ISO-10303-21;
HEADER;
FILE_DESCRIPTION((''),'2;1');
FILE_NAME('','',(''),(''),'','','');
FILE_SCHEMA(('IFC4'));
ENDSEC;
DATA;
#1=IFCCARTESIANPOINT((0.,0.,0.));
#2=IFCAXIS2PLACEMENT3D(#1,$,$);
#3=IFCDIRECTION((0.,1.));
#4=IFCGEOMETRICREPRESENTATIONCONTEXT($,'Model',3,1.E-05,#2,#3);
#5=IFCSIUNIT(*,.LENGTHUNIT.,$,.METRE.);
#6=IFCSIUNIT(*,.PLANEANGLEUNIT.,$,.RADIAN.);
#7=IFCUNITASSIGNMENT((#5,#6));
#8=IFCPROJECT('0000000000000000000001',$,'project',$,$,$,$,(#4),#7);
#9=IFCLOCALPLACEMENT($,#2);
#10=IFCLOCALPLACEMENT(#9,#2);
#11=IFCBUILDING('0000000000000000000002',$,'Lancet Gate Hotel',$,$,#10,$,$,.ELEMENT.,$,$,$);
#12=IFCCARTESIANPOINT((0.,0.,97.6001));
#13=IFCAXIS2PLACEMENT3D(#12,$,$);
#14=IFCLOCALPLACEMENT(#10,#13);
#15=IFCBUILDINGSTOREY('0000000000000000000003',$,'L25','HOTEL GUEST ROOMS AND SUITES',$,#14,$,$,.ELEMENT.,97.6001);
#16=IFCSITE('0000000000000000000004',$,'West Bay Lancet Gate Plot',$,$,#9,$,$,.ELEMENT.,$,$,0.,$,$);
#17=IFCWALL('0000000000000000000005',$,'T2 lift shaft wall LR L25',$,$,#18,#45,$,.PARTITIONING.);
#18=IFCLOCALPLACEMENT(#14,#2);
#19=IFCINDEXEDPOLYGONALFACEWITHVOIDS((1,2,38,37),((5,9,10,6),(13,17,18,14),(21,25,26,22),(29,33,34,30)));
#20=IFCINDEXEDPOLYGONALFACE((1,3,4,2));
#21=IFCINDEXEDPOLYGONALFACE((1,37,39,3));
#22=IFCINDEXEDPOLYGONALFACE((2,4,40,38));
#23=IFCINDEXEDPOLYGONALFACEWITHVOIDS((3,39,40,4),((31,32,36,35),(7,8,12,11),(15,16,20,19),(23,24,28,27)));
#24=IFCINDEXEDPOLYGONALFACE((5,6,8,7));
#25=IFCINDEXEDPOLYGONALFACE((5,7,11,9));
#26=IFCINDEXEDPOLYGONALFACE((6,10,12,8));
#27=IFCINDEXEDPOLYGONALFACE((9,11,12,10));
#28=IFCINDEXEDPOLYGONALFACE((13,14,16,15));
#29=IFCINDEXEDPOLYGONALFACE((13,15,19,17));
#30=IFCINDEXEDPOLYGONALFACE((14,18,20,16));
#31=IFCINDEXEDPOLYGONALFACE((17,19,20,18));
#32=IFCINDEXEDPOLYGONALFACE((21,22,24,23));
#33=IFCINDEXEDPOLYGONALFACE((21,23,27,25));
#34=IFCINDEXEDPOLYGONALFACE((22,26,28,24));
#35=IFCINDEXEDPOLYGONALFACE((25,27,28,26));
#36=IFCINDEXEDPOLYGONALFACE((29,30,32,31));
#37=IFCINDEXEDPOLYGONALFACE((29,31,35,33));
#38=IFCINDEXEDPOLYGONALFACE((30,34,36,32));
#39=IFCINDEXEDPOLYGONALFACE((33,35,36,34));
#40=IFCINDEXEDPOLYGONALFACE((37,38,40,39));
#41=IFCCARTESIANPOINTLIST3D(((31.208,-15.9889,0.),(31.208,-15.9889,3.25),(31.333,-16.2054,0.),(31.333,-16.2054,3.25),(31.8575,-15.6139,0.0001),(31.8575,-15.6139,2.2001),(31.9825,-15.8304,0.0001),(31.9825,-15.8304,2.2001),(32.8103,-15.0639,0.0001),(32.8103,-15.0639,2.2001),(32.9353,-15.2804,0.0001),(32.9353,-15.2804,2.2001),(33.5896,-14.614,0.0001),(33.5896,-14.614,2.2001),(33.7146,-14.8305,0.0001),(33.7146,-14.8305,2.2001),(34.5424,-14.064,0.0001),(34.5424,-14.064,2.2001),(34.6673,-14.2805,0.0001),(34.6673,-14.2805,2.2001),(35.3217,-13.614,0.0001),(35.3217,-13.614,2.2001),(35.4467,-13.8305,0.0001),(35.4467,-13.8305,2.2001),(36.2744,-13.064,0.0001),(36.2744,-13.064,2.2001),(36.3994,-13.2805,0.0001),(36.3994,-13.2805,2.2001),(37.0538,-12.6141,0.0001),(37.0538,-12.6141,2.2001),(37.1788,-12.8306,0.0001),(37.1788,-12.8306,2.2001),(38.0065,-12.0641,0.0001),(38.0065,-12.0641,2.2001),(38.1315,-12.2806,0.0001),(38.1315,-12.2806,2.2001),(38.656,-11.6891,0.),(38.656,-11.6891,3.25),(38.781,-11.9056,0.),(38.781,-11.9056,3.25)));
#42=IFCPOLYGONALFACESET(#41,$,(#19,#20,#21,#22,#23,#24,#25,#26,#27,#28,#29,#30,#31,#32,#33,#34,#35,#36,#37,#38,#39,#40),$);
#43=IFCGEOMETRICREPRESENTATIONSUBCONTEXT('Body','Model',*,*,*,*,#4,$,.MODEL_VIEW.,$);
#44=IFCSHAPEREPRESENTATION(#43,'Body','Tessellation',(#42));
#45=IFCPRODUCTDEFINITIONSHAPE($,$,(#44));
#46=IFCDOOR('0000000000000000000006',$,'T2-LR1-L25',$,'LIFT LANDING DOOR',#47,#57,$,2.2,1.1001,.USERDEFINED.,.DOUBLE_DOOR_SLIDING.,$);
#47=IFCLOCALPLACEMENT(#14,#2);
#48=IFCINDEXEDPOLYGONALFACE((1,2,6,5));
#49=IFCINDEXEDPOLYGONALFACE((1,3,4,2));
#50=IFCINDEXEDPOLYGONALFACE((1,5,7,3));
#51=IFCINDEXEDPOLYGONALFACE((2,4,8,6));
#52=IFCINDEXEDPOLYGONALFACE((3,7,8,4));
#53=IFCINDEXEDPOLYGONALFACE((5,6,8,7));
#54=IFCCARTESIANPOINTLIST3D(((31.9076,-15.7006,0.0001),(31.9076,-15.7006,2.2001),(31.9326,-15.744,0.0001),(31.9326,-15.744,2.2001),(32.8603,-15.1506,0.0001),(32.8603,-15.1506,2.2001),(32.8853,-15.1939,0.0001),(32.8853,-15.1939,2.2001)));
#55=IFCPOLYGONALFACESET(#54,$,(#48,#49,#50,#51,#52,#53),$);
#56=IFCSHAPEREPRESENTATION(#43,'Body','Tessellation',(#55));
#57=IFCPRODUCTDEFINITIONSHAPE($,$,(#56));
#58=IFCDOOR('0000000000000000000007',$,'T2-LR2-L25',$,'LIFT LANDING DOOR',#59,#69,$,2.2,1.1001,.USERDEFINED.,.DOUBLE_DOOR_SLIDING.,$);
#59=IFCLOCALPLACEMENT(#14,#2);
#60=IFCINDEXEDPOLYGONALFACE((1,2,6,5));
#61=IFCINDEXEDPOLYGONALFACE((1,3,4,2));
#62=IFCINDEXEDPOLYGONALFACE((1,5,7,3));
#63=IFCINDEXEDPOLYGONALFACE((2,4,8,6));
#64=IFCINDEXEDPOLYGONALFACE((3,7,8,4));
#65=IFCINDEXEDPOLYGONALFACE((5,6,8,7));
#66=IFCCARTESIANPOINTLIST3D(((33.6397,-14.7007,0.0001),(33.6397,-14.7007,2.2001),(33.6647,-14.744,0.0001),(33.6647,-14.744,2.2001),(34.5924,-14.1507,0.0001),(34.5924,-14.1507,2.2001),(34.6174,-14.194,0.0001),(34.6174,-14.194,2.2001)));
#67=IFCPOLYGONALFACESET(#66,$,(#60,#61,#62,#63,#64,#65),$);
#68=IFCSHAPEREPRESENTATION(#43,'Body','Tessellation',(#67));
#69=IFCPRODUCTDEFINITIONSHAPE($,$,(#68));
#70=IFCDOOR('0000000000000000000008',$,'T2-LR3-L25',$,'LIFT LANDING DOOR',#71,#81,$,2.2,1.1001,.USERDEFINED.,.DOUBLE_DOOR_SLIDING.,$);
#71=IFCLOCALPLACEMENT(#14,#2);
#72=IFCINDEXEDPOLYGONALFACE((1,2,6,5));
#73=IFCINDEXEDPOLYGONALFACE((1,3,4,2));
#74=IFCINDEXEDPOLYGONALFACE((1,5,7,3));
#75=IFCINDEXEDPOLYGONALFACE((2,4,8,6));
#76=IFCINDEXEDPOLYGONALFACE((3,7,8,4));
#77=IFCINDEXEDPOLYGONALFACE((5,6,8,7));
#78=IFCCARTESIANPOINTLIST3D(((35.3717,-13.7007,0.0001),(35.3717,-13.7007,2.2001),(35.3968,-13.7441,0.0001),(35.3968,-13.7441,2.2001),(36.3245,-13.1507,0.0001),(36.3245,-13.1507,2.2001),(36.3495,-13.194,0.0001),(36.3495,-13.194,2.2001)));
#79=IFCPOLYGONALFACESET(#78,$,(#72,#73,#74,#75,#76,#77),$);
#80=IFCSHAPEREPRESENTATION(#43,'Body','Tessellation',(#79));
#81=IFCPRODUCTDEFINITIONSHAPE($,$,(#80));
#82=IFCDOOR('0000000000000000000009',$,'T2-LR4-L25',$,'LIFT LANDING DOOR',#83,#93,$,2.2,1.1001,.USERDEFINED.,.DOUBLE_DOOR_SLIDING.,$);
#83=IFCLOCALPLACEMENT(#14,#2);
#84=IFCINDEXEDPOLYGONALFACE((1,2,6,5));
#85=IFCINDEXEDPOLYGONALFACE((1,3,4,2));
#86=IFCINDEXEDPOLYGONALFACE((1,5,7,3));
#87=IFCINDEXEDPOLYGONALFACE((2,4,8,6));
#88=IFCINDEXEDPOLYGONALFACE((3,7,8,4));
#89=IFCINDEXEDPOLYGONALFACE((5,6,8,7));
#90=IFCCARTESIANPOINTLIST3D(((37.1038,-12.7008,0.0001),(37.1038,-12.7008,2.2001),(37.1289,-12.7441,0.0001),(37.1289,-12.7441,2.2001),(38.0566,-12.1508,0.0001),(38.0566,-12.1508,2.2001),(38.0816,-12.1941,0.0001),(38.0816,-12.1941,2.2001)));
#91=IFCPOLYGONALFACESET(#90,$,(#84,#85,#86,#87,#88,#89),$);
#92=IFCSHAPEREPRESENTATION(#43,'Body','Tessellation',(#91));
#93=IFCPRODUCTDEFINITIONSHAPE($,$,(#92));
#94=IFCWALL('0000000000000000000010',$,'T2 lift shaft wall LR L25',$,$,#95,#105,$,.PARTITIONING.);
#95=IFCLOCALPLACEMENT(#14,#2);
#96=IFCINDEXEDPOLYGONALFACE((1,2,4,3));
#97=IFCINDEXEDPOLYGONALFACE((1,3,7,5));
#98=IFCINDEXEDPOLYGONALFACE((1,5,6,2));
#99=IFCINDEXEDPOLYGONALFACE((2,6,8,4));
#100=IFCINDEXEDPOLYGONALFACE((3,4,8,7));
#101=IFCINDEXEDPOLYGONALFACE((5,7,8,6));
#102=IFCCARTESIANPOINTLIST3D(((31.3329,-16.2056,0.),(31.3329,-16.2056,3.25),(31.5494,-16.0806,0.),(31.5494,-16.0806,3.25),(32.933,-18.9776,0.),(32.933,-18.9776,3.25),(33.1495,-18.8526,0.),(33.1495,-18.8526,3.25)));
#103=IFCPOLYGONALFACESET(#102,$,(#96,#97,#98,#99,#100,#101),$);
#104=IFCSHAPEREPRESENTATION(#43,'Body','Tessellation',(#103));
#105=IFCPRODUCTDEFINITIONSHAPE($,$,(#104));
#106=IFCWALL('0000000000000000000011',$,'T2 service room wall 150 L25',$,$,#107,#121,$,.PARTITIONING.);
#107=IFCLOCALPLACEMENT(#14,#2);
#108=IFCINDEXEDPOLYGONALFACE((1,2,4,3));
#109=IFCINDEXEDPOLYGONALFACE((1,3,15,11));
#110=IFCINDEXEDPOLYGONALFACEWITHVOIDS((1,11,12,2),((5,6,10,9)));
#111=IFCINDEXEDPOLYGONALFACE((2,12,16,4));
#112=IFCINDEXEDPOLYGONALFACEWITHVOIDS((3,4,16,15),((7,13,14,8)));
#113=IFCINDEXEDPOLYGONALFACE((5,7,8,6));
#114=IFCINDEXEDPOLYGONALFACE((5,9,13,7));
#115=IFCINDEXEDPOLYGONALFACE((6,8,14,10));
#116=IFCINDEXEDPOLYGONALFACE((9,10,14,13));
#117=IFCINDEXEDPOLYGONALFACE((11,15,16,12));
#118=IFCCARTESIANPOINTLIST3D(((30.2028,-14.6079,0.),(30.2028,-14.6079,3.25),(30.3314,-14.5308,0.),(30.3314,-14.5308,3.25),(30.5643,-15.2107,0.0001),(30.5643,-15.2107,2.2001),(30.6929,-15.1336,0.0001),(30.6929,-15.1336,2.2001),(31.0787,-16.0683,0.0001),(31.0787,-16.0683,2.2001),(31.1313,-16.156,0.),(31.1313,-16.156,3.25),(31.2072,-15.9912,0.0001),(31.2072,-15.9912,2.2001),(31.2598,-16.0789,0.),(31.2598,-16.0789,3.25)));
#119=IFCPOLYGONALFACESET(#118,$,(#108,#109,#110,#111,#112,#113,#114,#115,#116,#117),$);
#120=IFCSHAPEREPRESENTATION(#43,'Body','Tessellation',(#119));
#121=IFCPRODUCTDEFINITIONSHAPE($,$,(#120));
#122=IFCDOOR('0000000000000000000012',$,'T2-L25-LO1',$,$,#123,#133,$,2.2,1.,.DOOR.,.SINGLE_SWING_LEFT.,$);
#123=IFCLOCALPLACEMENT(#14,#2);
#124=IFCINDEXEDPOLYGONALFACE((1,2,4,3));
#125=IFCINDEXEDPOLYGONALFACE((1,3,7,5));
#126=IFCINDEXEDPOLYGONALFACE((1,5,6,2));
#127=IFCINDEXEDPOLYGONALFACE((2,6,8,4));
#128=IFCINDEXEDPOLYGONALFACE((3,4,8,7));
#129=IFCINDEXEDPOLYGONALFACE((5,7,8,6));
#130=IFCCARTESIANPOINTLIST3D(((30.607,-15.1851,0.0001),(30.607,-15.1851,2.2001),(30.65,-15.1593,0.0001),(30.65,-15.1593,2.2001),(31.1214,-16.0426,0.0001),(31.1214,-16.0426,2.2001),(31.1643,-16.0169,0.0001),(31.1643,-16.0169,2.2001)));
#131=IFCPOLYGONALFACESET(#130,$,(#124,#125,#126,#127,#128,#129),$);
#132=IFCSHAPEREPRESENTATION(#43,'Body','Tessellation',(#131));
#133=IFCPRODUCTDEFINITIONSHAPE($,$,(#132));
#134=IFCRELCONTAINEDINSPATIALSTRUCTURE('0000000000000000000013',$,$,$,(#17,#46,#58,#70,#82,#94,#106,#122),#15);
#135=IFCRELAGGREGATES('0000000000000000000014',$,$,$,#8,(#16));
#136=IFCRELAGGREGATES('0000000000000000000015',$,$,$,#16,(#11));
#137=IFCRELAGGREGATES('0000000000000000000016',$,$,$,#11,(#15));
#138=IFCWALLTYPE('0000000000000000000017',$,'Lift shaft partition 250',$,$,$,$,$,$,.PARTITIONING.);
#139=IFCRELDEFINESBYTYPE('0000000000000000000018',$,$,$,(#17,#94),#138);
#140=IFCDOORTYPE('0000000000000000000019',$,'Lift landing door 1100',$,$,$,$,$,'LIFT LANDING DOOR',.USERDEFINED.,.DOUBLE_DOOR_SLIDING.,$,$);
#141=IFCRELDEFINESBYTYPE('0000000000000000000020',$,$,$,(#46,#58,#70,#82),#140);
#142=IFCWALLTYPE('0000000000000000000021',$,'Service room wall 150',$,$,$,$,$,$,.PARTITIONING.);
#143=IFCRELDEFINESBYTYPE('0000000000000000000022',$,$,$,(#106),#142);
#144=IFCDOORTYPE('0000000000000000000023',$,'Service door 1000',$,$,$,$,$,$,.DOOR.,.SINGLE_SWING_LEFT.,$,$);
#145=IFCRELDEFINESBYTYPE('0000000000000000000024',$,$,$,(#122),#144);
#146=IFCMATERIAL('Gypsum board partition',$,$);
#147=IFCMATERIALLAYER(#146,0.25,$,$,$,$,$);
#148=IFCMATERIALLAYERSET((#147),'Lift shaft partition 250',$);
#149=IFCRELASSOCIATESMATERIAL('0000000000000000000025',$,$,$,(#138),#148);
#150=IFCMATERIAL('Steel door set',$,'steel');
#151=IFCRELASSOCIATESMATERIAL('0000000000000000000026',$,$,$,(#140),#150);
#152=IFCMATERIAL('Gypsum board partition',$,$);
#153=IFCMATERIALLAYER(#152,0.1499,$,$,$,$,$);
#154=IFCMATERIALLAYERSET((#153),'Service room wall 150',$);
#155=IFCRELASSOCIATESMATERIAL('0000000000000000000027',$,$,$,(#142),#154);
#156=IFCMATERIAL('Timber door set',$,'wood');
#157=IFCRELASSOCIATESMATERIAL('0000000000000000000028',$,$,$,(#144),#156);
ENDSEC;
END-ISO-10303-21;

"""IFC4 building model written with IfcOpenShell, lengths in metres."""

from ifc_helpers import new_model, si_unit, direction, frame, frame_2d, origin, place, context, subcontext, project, spatial, rectangle, extrude, material, layer, layer_set, type_object, element, fill, save


model = new_model("IFC4")

# Units and contexts
model_context = context("Model", 3, precision=1e-05, world=origin(), true_north=direction((0.0, 1.0)))
body_context = subcontext(model_context, "Body", "Model", "MODEL_VIEW")
ifc_project = project(units=[si_unit("LENGTHUNIT", "METRE"), si_unit("PLANEANGLEUNIT", "RADIAN")], contexts=[model_context])

# Site, building, storey
site_placement = place(None, origin())
site = spatial("IfcSite", under=ifc_project, at=site_placement, Name="West Bay Lancet Gate Plot", CompositionType="ELEMENT", RefElevation=0.0)
building_placement = place(site_placement, origin())
building = spatial("IfcBuilding", under=site, at=building_placement, Name="Lancet Gate Hotel", CompositionType="ELEMENT")
storey_placement = place(building_placement, frame((0.0, 0.0, 97.6001)))
storey = spatial("IfcBuildingStorey", under=building, at=storey_placement, Name="L25", Description="HOTEL GUEST ROOMS AND SUITES", CompositionType="ELEMENT", Elevation=97.6001)

# Wall, openings, doors
ifc_material_1 = material(Name="Gypsum board partition")
ifc_layer_1 = layer(ifc_material_1, 0.25)
ifc_layer_set_1 = layer_set([ifc_layer_1], Name="Lift shaft partition 250")
wall_type_1 = type_object("IfcWallType", Name="Lift shaft partition 250", PredefinedType="PARTITIONING", material=ifc_layer_set_1)
wall_1_placement = place(storey_placement, frame((31.2705, -16.0972, 0.0), z_axis=(0.0, 0.0, 1.0), x_axis=(0.86604, 0.499974, 0.0)))
wall_1 = element("IfcWall", 1, at=wall_1_placement, inside=storey, type_object=wall_type_1, Name="T2 lift shaft wall LR L25", PredefinedType="PARTITIONING", context=body_context, shape_type="SweptSolid", body=[
    extrude(rectangle(XDim=8.6001, YDim=0.25, at=frame_2d((4.3, 0.0))), origin(), (0.0, 0.0, 1.0), 3.25),
])
opening_1_placement = place(wall_1_placement, frame((0.75, 0.0, 0.0)))
opening_1 = element("IfcOpeningElement", 2, at=opening_1_placement, cuts=wall_1, PredefinedType="OPENING", context=body_context, shape_type="SweptSolid", body=[
    extrude(rectangle(XDim=1.1001, YDim=2.2, at=frame_2d((0.55, 1.1001))), frame((0.0, 0.135, 0.0), z_axis=(0.0, -1.0, 0.0), x_axis=(1.0, 0.0, 0.0)), (0.0, 0.0, 1.0), 0.27),
])
opening_2_placement = place(wall_1_placement, frame((2.75, 0.0, 0.0)))
opening_2 = element("IfcOpeningElement", 3, at=opening_2_placement, cuts=wall_1, PredefinedType="OPENING", context=body_context, shape_type="SweptSolid", body=[
    extrude(rectangle(XDim=1.1001, YDim=2.2, at=frame_2d((0.55, 1.1001))), frame((0.0, 0.135, 0.0), z_axis=(0.0, -1.0, 0.0), x_axis=(1.0, 0.0, 0.0)), (0.0, 0.0, 1.0), 0.27),
])
opening_3_placement = place(wall_1_placement, frame((4.75, 0.0, 0.0)))
opening_3 = element("IfcOpeningElement", 4, at=opening_3_placement, cuts=wall_1, PredefinedType="OPENING", context=body_context, shape_type="SweptSolid", body=[
    extrude(rectangle(XDim=1.1001, YDim=2.2, at=frame_2d((0.55, 1.1001))), frame((0.0, 0.135, 0.0), z_axis=(0.0, -1.0, 0.0), x_axis=(1.0, 0.0, 0.0)), (0.0, 0.0, 1.0), 0.27),
])
opening_4_placement = place(wall_1_placement, frame((6.75, 0.0, 0.0)))
opening_4 = element("IfcOpeningElement", 5, at=opening_4_placement, cuts=wall_1, PredefinedType="OPENING", context=body_context, shape_type="SweptSolid", body=[
    extrude(rectangle(XDim=1.1001, YDim=2.2, at=frame_2d((0.55, 1.1001))), frame((0.0, 0.135, 0.0), z_axis=(0.0, -1.0, 0.0), x_axis=(1.0, 0.0, 0.0)), (0.0, 0.0, 1.0), 0.27),
])
ifc_material_2 = material(Name="Steel door set", Category="steel")
door_type_1 = type_object("IfcDoorType", Name="Lift landing door 1100", ElementType="LIFT LANDING DOOR", OperationType="DOUBLE_DOOR_SLIDING", PredefinedType="USERDEFINED", material=ifc_material_2)
door_1_placement = place(opening_1_placement, origin())
door_1 = element("IfcDoor", 6, at=door_1_placement, inside=storey, type_object=door_type_1, Name="T2-LR1-L25", ObjectType="LIFT LANDING DOOR", OperationType="DOUBLE_DOOR_SLIDING", OverallHeight=2.2, OverallWidth=1.1001, PredefinedType="USERDEFINED", context=body_context, shape_type="SweptSolid", body=[
    extrude(rectangle(XDim=1.1001, YDim=2.2, at=frame_2d((0.55, 1.1001))), frame((0.0, 0.0249, 0.0), z_axis=(0.0, -1.0, 0.0), x_axis=(1.0, 0.0, 0.0)), (0.0, 0.0, 1.0), 0.05),
])
fill(opening_1, door_1)
door_2_placement = place(opening_2_placement, origin())
door_2 = element("IfcDoor", 7, at=door_2_placement, inside=storey, type_object=door_type_1, Name="T2-LR2-L25", ObjectType="LIFT LANDING DOOR", OperationType="DOUBLE_DOOR_SLIDING", OverallHeight=2.2, OverallWidth=1.1001, PredefinedType="USERDEFINED", context=body_context, shape_type="SweptSolid", body=[
    extrude(rectangle(XDim=1.1001, YDim=2.2, at=frame_2d((0.55, 1.1001))), frame((0.0, 0.0249, 0.0), z_axis=(0.0, -1.0, 0.0), x_axis=(1.0, 0.0, 0.0)), (0.0, 0.0, 1.0), 0.05),
])
fill(opening_2, door_2)
door_3_placement = place(opening_3_placement, origin())
door_3 = element("IfcDoor", 8, at=door_3_placement, inside=storey, type_object=door_type_1, Name="T2-LR3-L25", ObjectType="LIFT LANDING DOOR", OperationType="DOUBLE_DOOR_SLIDING", OverallHeight=2.2, OverallWidth=1.1001, PredefinedType="USERDEFINED", context=body_context, shape_type="SweptSolid", body=[
    extrude(rectangle(XDim=1.1001, YDim=2.2, at=frame_2d((0.55, 1.1001))), frame((0.0, 0.0249, 0.0), z_axis=(0.0, -1.0, 0.0), x_axis=(1.0, 0.0, 0.0)), (0.0, 0.0, 1.0), 0.05),
])
fill(opening_3, door_3)
door_4_placement = place(opening_4_placement, origin())
door_4 = element("IfcDoor", 9, at=door_4_placement, inside=storey, type_object=door_type_1, Name="T2-LR4-L25", ObjectType="LIFT LANDING DOOR", OperationType="DOUBLE_DOOR_SLIDING", OverallHeight=2.2, OverallWidth=1.1001, PredefinedType="USERDEFINED", context=body_context, shape_type="SweptSolid", body=[
    extrude(rectangle(XDim=1.1001, YDim=2.2, at=frame_2d((0.55, 1.1001))), frame((0.0, 0.0249, 0.0), z_axis=(0.0, -1.0, 0.0), x_axis=(1.0, 0.0, 0.0)), (0.0, 0.0, 1.0), 0.05),
])
fill(opening_4, door_4)

# Wall
wall_2_placement = place(storey_placement, frame((31.4412, -16.1431, 0.0), z_axis=(0.0, 0.0, 1.0), x_axis=(0.499929, -0.866066, 0.0)))
element("IfcWall", 10, at=wall_2_placement, inside=storey, type_object=wall_type_1, Name="T2 lift shaft wall LR L25", PredefinedType="PARTITIONING", context=body_context, shape_type="SweptSolid", body=[
    extrude(rectangle(XDim=3.2007, YDim=0.25, at=frame_2d((1.6003, 0.0))), origin(), (0.0, 0.0, 1.0), 3.25),
])

# Wall, opening, door
ifc_material_3 = material(Name="Gypsum board partition")
ifc_layer_2 = layer(ifc_material_3, 0.1499)
ifc_layer_set_2 = layer_set([ifc_layer_2], Name="Service room wall 150")
wall_type_2 = type_object("IfcWallType", Name="Service room wall 150", PredefinedType="PARTITIONING", material=ifc_layer_set_2)
wall_3_placement = place(storey_placement, frame((30.2671, -14.5693, 0.0), z_axis=(0.0, 0.0, 1.0), x_axis=(0.514337, -0.857588, 0.0)))
wall_3 = element("IfcWall", 11, at=wall_3_placement, inside=storey, type_object=wall_type_2, Name="T2 service room wall 150 L25", PredefinedType="PARTITIONING", context=body_context, shape_type="SweptSolid", body=[
    extrude(rectangle(XDim=1.8052, YDim=0.1499, at=frame_2d((0.9026, 0.0))), origin(), (0.0, 0.0, 1.0), 3.25),
])
opening_5_placement = place(wall_3_placement, frame((0.7029, 0.0, 0.0)))
opening_5 = element("IfcOpeningElement", 12, at=opening_5_placement, cuts=wall_3, PredefinedType="OPENING", context=body_context, shape_type="SweptSolid", body=[
    extrude(rectangle(XDim=1.0, YDim=2.2, at=frame_2d((0.5, 1.1001))), frame((0.0, 0.085, 0.0), z_axis=(0.0, -1.0, 0.0), x_axis=(1.0, 0.0, 0.0)), (0.0, 0.0, 1.0), 0.1699),
])
ifc_material_4 = material(Name="Timber door set", Category="wood")
door_type_2 = type_object("IfcDoorType", Name="Service door 1000", OperationType="SINGLE_SWING_LEFT", PredefinedType="DOOR", material=ifc_material_4)
door_5_placement = place(opening_5_placement, origin())
door_5 = element("IfcDoor", 13, at=door_5_placement, inside=storey, type_object=door_type_2, Name="T2-L25-LO1", OperationType="SINGLE_SWING_LEFT", OverallHeight=2.2, OverallWidth=1.0, PredefinedType="DOOR", context=body_context, shape_type="SweptSolid", body=[
    extrude(rectangle(XDim=1.0, YDim=2.2, at=frame_2d((0.5, 1.1001))), frame((0.0, 0.0249, 0.0), z_axis=(0.0, -1.0, 0.0), x_axis=(1.0, 0.0, 0.0)), (0.0, 0.0, 1.0), 0.05),
])
fill(opening_5, door_5)

save(model, "model.ifc")
